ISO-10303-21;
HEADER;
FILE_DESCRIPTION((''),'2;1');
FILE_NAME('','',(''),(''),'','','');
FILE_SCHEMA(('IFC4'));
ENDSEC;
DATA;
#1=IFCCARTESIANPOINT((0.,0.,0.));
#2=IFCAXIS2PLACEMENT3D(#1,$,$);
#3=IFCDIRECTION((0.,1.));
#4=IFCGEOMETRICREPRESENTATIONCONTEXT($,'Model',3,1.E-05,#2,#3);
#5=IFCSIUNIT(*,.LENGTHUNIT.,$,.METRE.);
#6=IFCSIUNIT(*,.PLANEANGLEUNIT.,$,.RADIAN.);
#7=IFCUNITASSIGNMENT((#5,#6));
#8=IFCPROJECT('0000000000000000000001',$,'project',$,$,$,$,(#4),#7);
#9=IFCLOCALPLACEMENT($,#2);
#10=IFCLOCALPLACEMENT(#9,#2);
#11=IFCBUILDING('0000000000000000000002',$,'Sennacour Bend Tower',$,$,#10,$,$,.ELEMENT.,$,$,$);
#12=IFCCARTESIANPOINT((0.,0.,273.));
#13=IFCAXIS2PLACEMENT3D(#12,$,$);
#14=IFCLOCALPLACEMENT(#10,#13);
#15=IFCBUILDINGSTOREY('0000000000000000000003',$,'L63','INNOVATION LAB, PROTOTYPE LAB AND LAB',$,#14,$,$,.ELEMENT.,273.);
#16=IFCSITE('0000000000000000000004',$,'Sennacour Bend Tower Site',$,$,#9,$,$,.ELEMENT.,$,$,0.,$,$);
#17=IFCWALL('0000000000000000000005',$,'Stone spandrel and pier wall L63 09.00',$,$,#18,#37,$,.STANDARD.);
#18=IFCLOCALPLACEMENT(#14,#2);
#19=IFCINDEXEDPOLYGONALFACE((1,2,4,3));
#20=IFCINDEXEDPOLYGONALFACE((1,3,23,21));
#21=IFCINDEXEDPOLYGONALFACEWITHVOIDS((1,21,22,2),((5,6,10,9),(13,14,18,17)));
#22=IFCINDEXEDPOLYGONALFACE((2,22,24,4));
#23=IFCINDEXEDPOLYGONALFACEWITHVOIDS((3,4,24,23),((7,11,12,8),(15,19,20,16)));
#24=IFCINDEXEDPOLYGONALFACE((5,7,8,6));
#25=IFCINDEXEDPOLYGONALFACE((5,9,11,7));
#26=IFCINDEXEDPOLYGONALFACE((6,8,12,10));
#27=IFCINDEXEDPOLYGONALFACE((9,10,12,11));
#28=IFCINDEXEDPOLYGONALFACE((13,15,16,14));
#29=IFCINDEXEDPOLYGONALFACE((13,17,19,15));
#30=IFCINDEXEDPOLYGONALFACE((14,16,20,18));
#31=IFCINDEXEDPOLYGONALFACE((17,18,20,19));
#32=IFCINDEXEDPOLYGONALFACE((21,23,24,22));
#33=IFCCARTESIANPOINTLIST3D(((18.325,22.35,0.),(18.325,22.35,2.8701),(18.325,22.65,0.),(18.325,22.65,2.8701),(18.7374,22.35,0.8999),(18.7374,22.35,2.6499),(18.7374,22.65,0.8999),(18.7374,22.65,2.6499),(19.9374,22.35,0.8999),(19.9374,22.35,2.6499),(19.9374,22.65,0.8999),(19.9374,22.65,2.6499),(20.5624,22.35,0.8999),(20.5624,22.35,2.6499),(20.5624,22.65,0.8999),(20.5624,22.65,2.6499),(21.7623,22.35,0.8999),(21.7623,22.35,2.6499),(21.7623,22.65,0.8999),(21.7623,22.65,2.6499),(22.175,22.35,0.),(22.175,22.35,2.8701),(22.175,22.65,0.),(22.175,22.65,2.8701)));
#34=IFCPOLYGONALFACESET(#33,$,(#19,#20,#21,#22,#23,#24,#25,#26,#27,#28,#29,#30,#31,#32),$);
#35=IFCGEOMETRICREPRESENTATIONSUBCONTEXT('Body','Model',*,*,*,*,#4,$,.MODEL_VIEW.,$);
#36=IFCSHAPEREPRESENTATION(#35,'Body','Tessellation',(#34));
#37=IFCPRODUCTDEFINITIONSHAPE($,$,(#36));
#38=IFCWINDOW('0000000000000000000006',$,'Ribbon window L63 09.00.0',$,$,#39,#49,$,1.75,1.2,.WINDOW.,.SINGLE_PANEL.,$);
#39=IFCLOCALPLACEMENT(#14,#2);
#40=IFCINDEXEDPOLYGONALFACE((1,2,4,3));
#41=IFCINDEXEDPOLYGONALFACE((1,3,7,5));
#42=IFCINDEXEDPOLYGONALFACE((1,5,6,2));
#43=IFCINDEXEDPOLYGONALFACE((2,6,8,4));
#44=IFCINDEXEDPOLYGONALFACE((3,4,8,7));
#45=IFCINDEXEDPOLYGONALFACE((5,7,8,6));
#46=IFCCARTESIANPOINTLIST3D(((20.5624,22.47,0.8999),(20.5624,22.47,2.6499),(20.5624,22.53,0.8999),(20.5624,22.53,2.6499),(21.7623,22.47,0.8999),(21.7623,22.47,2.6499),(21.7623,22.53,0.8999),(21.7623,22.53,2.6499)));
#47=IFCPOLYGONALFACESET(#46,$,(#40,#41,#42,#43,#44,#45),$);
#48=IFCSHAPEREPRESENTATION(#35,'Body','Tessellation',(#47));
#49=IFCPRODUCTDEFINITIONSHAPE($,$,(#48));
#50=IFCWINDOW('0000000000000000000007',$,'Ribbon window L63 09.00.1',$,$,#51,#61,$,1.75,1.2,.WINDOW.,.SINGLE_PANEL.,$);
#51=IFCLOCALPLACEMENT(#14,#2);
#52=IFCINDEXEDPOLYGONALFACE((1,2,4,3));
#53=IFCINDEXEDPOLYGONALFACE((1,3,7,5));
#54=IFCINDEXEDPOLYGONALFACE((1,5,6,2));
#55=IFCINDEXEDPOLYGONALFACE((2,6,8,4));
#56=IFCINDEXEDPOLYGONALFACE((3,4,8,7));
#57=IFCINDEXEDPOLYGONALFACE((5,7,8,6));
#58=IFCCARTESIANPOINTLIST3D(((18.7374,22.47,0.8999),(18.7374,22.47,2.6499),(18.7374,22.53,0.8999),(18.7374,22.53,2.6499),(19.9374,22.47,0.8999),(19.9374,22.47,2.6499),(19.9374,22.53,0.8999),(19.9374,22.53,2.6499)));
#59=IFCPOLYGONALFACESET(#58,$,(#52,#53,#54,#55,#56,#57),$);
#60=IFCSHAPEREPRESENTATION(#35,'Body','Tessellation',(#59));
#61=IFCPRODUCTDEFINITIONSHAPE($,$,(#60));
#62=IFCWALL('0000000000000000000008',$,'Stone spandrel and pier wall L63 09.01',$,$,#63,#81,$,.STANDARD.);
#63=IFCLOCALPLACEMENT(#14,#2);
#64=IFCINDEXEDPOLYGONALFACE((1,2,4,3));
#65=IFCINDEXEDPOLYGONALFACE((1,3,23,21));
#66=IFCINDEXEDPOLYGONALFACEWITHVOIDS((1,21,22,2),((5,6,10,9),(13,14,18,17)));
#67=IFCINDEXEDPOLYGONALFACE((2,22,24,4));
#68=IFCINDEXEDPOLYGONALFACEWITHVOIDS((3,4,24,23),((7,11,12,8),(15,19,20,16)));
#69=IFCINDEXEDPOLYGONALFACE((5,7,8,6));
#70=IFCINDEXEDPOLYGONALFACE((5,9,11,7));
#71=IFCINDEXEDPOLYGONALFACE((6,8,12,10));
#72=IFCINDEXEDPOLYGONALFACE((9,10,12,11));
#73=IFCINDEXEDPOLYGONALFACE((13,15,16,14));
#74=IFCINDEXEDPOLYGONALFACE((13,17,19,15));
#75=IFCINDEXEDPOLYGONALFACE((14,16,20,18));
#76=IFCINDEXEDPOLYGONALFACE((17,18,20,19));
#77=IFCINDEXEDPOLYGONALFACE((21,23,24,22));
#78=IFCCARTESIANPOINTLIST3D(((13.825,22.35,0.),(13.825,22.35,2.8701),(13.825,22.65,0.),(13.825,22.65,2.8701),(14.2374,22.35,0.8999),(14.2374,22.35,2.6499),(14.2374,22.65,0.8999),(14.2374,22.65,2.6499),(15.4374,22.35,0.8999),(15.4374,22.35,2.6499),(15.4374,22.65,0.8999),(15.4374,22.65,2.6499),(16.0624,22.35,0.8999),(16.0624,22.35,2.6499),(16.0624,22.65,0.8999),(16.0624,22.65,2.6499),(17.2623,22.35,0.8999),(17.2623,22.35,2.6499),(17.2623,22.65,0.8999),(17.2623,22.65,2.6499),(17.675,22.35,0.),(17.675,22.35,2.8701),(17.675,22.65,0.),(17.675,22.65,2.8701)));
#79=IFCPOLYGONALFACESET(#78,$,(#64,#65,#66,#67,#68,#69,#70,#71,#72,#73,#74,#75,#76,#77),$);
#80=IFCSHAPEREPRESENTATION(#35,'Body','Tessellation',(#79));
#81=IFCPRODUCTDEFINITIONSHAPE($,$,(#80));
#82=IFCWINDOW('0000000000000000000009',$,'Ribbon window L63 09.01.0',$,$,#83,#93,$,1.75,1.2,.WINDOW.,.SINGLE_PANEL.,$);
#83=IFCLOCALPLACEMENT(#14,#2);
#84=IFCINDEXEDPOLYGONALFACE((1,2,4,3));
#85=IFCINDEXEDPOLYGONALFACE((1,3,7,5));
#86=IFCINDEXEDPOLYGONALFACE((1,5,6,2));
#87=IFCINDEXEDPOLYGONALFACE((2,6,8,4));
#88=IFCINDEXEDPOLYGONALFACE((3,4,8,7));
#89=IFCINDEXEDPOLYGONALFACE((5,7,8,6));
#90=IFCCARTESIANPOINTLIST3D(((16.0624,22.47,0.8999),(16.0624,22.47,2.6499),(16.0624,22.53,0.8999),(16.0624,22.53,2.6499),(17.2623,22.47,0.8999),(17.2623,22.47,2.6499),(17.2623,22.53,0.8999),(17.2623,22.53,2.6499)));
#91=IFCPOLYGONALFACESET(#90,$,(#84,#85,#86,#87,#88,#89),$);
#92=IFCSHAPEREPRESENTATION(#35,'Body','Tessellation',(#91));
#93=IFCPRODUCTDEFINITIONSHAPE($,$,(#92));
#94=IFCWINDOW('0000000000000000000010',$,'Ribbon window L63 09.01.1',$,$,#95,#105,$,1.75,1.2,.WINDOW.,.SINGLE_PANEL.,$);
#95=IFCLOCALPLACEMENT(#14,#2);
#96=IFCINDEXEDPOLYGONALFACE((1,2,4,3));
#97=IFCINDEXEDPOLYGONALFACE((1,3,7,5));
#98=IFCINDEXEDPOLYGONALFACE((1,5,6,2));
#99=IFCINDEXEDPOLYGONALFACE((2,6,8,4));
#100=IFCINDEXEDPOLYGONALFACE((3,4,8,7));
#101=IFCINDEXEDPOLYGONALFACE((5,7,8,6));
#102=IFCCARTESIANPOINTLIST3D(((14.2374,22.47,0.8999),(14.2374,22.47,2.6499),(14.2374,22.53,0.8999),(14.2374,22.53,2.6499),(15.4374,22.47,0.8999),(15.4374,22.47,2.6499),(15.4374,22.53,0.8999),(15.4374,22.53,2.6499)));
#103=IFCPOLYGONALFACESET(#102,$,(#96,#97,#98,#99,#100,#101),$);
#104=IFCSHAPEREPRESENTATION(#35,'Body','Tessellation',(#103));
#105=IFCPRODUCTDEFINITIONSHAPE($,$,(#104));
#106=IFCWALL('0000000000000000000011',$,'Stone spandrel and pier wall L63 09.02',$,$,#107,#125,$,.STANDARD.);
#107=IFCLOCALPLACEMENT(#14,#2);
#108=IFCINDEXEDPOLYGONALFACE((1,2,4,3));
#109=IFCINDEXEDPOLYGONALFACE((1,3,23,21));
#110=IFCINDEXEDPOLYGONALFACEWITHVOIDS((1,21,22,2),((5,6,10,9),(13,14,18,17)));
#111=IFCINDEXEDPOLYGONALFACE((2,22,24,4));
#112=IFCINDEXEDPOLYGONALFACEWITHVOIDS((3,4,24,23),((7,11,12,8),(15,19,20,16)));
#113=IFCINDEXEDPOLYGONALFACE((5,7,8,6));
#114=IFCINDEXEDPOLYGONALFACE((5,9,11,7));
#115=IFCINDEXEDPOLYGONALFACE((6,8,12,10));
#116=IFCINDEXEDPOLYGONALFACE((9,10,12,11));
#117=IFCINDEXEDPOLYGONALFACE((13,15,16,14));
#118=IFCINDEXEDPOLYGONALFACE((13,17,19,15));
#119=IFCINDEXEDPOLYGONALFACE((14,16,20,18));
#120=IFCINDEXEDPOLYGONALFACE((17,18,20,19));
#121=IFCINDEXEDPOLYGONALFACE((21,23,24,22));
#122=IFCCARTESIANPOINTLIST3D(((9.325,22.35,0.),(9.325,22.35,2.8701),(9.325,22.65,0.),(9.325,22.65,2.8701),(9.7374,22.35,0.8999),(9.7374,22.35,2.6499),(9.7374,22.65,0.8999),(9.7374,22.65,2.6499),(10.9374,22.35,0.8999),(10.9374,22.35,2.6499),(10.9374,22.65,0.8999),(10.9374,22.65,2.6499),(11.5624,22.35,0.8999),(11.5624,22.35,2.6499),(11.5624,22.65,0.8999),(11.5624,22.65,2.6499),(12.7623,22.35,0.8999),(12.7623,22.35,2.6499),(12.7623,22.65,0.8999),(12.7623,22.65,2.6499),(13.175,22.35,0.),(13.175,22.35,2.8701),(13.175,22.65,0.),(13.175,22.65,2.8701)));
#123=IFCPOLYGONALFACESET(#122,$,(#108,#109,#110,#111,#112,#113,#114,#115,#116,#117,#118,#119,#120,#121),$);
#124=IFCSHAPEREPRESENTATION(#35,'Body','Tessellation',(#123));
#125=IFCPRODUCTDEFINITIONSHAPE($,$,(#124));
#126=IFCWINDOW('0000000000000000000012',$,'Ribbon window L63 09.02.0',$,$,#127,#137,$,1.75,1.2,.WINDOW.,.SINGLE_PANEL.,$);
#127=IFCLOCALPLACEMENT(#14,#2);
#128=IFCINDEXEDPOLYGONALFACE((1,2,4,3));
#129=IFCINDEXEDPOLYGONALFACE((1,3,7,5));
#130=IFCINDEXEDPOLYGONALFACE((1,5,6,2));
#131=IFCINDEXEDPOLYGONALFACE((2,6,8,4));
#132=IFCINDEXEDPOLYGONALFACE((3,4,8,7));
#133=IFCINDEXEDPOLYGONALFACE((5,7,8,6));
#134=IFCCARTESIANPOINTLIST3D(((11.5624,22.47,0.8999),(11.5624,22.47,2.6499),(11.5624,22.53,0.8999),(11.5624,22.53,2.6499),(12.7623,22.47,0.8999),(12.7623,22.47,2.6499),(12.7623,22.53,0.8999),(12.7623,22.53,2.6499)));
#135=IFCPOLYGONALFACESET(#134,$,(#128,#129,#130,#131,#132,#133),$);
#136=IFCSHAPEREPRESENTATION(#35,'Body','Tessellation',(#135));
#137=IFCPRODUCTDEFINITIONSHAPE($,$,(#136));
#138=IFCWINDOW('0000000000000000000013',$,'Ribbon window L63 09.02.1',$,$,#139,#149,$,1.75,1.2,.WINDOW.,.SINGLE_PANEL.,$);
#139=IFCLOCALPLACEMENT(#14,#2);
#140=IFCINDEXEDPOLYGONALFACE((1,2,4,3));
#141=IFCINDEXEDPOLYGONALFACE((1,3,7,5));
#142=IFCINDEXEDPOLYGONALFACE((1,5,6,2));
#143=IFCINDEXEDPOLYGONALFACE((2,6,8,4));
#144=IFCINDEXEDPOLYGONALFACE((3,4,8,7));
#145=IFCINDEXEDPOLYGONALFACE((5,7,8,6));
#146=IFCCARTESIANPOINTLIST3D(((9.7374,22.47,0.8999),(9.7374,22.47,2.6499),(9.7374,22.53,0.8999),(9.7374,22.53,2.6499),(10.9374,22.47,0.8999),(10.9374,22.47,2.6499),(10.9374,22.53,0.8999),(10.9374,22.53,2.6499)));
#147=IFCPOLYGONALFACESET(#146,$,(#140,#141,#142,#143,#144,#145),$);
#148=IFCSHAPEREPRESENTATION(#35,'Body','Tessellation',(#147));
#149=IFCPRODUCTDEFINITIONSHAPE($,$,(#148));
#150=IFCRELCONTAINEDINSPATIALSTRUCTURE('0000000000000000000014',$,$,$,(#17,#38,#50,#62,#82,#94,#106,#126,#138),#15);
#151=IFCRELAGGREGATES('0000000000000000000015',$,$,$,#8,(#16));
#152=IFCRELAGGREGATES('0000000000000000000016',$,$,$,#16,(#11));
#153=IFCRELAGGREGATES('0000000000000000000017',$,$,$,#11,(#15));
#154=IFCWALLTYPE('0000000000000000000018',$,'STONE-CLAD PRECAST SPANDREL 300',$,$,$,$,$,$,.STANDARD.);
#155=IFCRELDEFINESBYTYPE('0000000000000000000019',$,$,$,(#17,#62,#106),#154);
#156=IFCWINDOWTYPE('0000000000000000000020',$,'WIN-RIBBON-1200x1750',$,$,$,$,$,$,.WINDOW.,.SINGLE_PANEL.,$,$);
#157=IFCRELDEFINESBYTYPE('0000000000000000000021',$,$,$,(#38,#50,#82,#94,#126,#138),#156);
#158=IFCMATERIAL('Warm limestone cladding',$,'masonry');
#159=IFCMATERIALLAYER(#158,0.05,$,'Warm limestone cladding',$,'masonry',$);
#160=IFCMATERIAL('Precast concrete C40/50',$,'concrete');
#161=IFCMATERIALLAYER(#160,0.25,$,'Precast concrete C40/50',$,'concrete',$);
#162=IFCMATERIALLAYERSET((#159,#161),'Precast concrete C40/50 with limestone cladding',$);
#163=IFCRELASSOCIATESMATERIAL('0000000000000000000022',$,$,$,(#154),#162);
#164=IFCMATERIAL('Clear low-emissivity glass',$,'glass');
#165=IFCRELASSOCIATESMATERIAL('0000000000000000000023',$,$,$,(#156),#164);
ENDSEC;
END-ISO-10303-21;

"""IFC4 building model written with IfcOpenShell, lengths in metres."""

from ifc_helpers import new_model, si_unit, direction, frame, frame_2d, origin, place, context, subcontext, project, spatial, rectangle, extrude, material, layer, layer_set, type_object, element, fill, save


model = new_model("IFC4")

# Units and contexts
model_context = context("Model", 3, precision=1e-05, world=origin(), true_north=direction((0.0, 1.0)))
body_context = subcontext(model_context, "Body", "Model", "MODEL_VIEW")
ifc_project = project(units=[si_unit("LENGTHUNIT", "METRE"), si_unit("PLANEANGLEUNIT", "RADIAN")], contexts=[model_context])

# Site, building, storey
site_placement = place(None, origin())
site = spatial("IfcSite", under=ifc_project, at=site_placement, Name="Sennacour Bend Tower Site", CompositionType="ELEMENT", RefElevation=0.0)
building_placement = place(site_placement, origin())
building = spatial("IfcBuilding", under=site, at=building_placement, Name="Sennacour Bend Tower", CompositionType="ELEMENT")
storey_placement = place(building_placement, frame((0.0, 0.0, 273.0)))
storey = spatial("IfcBuildingStorey", under=building, at=storey_placement, Name="L63", Description="INNOVATION LAB, PROTOTYPE LAB AND LAB", CompositionType="ELEMENT", Elevation=273.0)

# Walls, openings, windows
ifc_material_1 = material(Name="Warm limestone cladding", Category="masonry")
ifc_layer_1 = layer(ifc_material_1, 0.05, Name="Warm limestone cladding", Category="masonry")
ifc_material_2 = material(Name="Precast concrete C40/50", Category="concrete")
ifc_layer_2 = layer(ifc_material_2, 0.25, Name="Precast concrete C40/50", Category="concrete")
ifc_layer_set_1 = layer_set([ifc_layer_1, ifc_layer_2], Name="Precast concrete C40/50 with limestone cladding")
wall_type_1 = type_object("IfcWallType", Name="STONE-CLAD PRECAST SPANDREL 300", PredefinedType="STANDARD", material=ifc_layer_set_1)
wall_1_placement = place(storey_placement, frame((22.175, 22.5, 0.0), z_axis=(0.0, 0.0, 1.0), x_axis=(-1.0, 0.0, 0.0)))
wall_1 = element("IfcWall", 1, at=wall_1_placement, inside=storey, type_object=wall_type_1, Name="Stone spandrel and pier wall L63 09.00", PredefinedType="STANDARD", context=body_context, shape_type="SweptSolid", body=[
    extrude(rectangle(XDim=3.8501, YDim=0.3, at=frame_2d((1.925, 0.0))), origin(), (0.0, 0.0, 1.0), 2.8701),
])
opening_1_placement = place(wall_1_placement, frame((0.4126, 0.0, 0.8999)))
opening_1 = element("IfcOpeningElement", 2, at=opening_1_placement, cuts=wall_1, PredefinedType="OPENING", context=body_context, shape_type="SweptSolid", body=[
    extrude(rectangle(XDim=1.2, YDim=1.75, at=frame_2d((0.6001, 0.875))), frame((0.0, 0.1602, 0.0), z_axis=(0.0, -1.0, 0.0), x_axis=(1.0, 0.0, 0.0)), (0.0, 0.0, 1.0), 0.3201),
])
opening_2_placement = place(wall_1_placement, frame((2.2375, 0.0, 0.8999)))
opening_2 = element("IfcOpeningElement", 3, at=opening_2_placement, cuts=wall_1, PredefinedType="OPENING", context=body_context, shape_type="SweptSolid", body=[
    extrude(rectangle(XDim=1.2, YDim=1.75, at=frame_2d((0.6001, 0.875))), frame((0.0, 0.1602, 0.0), z_axis=(0.0, -1.0, 0.0), x_axis=(1.0, 0.0, 0.0)), (0.0, 0.0, 1.0), 0.3201),
])
ifc_material_3 = material(Name="Clear low-emissivity glass", Category="glass")
window_type = type_object("IfcWindowType", Name="WIN-RIBBON-1200x1750", PartitioningType="SINGLE_PANEL", PredefinedType="WINDOW", material=ifc_material_3)
window_1_placement = place(opening_1_placement, origin())
window_1 = element("IfcWindow", 4, at=window_1_placement, inside=storey, type_object=window_type, Name="Ribbon window L63 09.00.0", OverallHeight=1.75, OverallWidth=1.2, PartitioningType="SINGLE_PANEL", PredefinedType="WINDOW", context=body_context, shape_type="SweptSolid", body=[
    extrude(rectangle(XDim=1.2, YDim=1.75, at=frame_2d((0.6001, 0.875))), frame((0.0, 0.03, 0.0), z_axis=(0.0, -1.0, 0.0), x_axis=(1.0, 0.0, 0.0)), (0.0, 0.0, 1.0), 0.0601),
])
fill(opening_1, window_1)
window_2_placement = place(opening_2_placement, origin())
window_2 = element("IfcWindow", 5, at=window_2_placement, inside=storey, type_object=window_type, Name="Ribbon window L63 09.00.1", OverallHeight=1.75, OverallWidth=1.2, PartitioningType="SINGLE_PANEL", PredefinedType="WINDOW", context=body_context, shape_type="SweptSolid", body=[
    extrude(rectangle(XDim=1.2, YDim=1.75, at=frame_2d((0.6001, 0.875))), frame((0.0, 0.03, 0.0), z_axis=(0.0, -1.0, 0.0), x_axis=(1.0, 0.0, 0.0)), (0.0, 0.0, 1.0), 0.0601),
])
fill(opening_2, window_2)
wall_2_placement = place(storey_placement, frame((17.675, 22.5, 0.0), z_axis=(0.0, 0.0, 1.0), x_axis=(-1.0, 0.0, 0.0)))
wall_2 = element("IfcWall", 6, at=wall_2_placement, inside=storey, type_object=wall_type_1, Name="Stone spandrel and pier wall L63 09.01", PredefinedType="STANDARD", context=body_context, shape_type="SweptSolid", body=[
    extrude(rectangle(XDim=3.8501, YDim=0.3, at=frame_2d((1.925, 0.0))), origin(), (0.0, 0.0, 1.0), 2.8701),
])
opening_3_placement = place(wall_2_placement, frame((0.4126, 0.0, 0.8999)))
opening_3 = element("IfcOpeningElement", 7, at=opening_3_placement, cuts=wall_2, PredefinedType="OPENING", context=body_context, shape_type="SweptSolid", body=[
    extrude(rectangle(XDim=1.2, YDim=1.75, at=frame_2d((0.6001, 0.875))), frame((0.0, 0.1602, 0.0), z_axis=(0.0, -1.0, 0.0), x_axis=(1.0, 0.0, 0.0)), (0.0, 0.0, 1.0), 0.3201),
])
opening_4_placement = place(wall_2_placement, frame((2.2375, 0.0, 0.8999)))
opening_4 = element("IfcOpeningElement", 8, at=opening_4_placement, cuts=wall_2, PredefinedType="OPENING", context=body_context, shape_type="SweptSolid", body=[
    extrude(rectangle(XDim=1.2, YDim=1.75, at=frame_2d((0.6001, 0.875))), frame((0.0, 0.1602, 0.0), z_axis=(0.0, -1.0, 0.0), x_axis=(1.0, 0.0, 0.0)), (0.0, 0.0, 1.0), 0.3201),
])
window_3_placement = place(opening_3_placement, origin())
window_3 = element("IfcWindow", 9, at=window_3_placement, inside=storey, type_object=window_type, Name="Ribbon window L63 09.01.0", OverallHeight=1.75, OverallWidth=1.2, PartitioningType="SINGLE_PANEL", PredefinedType="WINDOW", context=body_context, shape_type="SweptSolid", body=[
    extrude(rectangle(XDim=1.2, YDim=1.75, at=frame_2d((0.6001, 0.875))), frame((0.0, 0.03, 0.0), z_axis=(0.0, -1.0, 0.0), x_axis=(1.0, 0.0, 0.0)), (0.0, 0.0, 1.0), 0.0601),
])
fill(opening_3, window_3)
window_4_placement = place(opening_4_placement, origin())
window_4 = element("IfcWindow", 10, at=window_4_placement, inside=storey, type_object=window_type, Name="Ribbon window L63 09.01.1", OverallHeight=1.75, OverallWidth=1.2, PartitioningType="SINGLE_PANEL", PredefinedType="WINDOW", context=body_context, shape_type="SweptSolid", body=[
    extrude(rectangle(XDim=1.2, YDim=1.75, at=frame_2d((0.6001, 0.875))), frame((0.0, 0.03, 0.0), z_axis=(0.0, -1.0, 0.0), x_axis=(1.0, 0.0, 0.0)), (0.0, 0.0, 1.0), 0.0601),
])
fill(opening_4, window_4)
wall_3_placement = place(storey_placement, frame((13.175, 22.5, 0.0), z_axis=(0.0, 0.0, 1.0), x_axis=(-1.0, 0.0, 0.0)))
wall_3 = element("IfcWall", 11, at=wall_3_placement, inside=storey, type_object=wall_type_1, Name="Stone spandrel and pier wall L63 09.02", PredefinedType="STANDARD", context=body_context, shape_type="SweptSolid", body=[
    extrude(rectangle(XDim=3.8501, YDim=0.3, at=frame_2d((1.925, 0.0))), origin(), (0.0, 0.0, 1.0), 2.8701),
])
opening_5_placement = place(wall_3_placement, frame((0.4126, 0.0, 0.8999)))
opening_5 = element("IfcOpeningElement", 12, at=opening_5_placement, cuts=wall_3, PredefinedType="OPENING", context=body_context, shape_type="SweptSolid", body=[
    extrude(rectangle(XDim=1.2, YDim=1.75, at=frame_2d((0.6001, 0.875))), frame((0.0, 0.1602, 0.0), z_axis=(0.0, -1.0, 0.0), x_axis=(1.0, 0.0, 0.0)), (0.0, 0.0, 1.0), 0.3201),
])
opening_6_placement = place(wall_3_placement, frame((2.2375, 0.0, 0.8999)))
opening_6 = element("IfcOpeningElement", 13, at=opening_6_placement, cuts=wall_3, PredefinedType="OPENING", context=body_context, shape_type="SweptSolid", body=[
    extrude(rectangle(XDim=1.2, YDim=1.75, at=frame_2d((0.6001, 0.875))), frame((0.0, 0.1602, 0.0), z_axis=(0.0, -1.0, 0.0), x_axis=(1.0, 0.0, 0.0)), (0.0, 0.0, 1.0), 0.3201),
])
window_5_placement = place(opening_5_placement, origin())
window_5 = element("IfcWindow", 14, at=window_5_placement, inside=storey, type_object=window_type, Name="Ribbon window L63 09.02.0", OverallHeight=1.75, OverallWidth=1.2, PartitioningType="SINGLE_PANEL", PredefinedType="WINDOW", context=body_context, shape_type="SweptSolid", body=[
    extrude(rectangle(XDim=1.2, YDim=1.75, at=frame_2d((0.6001, 0.875))), frame((0.0, 0.03, 0.0), z_axis=(0.0, -1.0, 0.0), x_axis=(1.0, 0.0, 0.0)), (0.0, 0.0, 1.0), 0.0601),
])
fill(opening_5, window_5)
window_6_placement = place(opening_6_placement, origin())
window_6 = element("IfcWindow", 15, at=window_6_placement, inside=storey, type_object=window_type, Name="Ribbon window L63 09.02.1", OverallHeight=1.75, OverallWidth=1.2, PartitioningType="SINGLE_PANEL", PredefinedType="WINDOW", context=body_context, shape_type="SweptSolid", body=[
    extrude(rectangle(XDim=1.2, YDim=1.75, at=frame_2d((0.6001, 0.875))), frame((0.0, 0.03, 0.0), z_axis=(0.0, -1.0, 0.0), x_axis=(1.0, 0.0, 0.0)), (0.0, 0.0, 1.0), 0.0601),
])
fill(opening_6, window_6)

save(model, "model.ifc")
